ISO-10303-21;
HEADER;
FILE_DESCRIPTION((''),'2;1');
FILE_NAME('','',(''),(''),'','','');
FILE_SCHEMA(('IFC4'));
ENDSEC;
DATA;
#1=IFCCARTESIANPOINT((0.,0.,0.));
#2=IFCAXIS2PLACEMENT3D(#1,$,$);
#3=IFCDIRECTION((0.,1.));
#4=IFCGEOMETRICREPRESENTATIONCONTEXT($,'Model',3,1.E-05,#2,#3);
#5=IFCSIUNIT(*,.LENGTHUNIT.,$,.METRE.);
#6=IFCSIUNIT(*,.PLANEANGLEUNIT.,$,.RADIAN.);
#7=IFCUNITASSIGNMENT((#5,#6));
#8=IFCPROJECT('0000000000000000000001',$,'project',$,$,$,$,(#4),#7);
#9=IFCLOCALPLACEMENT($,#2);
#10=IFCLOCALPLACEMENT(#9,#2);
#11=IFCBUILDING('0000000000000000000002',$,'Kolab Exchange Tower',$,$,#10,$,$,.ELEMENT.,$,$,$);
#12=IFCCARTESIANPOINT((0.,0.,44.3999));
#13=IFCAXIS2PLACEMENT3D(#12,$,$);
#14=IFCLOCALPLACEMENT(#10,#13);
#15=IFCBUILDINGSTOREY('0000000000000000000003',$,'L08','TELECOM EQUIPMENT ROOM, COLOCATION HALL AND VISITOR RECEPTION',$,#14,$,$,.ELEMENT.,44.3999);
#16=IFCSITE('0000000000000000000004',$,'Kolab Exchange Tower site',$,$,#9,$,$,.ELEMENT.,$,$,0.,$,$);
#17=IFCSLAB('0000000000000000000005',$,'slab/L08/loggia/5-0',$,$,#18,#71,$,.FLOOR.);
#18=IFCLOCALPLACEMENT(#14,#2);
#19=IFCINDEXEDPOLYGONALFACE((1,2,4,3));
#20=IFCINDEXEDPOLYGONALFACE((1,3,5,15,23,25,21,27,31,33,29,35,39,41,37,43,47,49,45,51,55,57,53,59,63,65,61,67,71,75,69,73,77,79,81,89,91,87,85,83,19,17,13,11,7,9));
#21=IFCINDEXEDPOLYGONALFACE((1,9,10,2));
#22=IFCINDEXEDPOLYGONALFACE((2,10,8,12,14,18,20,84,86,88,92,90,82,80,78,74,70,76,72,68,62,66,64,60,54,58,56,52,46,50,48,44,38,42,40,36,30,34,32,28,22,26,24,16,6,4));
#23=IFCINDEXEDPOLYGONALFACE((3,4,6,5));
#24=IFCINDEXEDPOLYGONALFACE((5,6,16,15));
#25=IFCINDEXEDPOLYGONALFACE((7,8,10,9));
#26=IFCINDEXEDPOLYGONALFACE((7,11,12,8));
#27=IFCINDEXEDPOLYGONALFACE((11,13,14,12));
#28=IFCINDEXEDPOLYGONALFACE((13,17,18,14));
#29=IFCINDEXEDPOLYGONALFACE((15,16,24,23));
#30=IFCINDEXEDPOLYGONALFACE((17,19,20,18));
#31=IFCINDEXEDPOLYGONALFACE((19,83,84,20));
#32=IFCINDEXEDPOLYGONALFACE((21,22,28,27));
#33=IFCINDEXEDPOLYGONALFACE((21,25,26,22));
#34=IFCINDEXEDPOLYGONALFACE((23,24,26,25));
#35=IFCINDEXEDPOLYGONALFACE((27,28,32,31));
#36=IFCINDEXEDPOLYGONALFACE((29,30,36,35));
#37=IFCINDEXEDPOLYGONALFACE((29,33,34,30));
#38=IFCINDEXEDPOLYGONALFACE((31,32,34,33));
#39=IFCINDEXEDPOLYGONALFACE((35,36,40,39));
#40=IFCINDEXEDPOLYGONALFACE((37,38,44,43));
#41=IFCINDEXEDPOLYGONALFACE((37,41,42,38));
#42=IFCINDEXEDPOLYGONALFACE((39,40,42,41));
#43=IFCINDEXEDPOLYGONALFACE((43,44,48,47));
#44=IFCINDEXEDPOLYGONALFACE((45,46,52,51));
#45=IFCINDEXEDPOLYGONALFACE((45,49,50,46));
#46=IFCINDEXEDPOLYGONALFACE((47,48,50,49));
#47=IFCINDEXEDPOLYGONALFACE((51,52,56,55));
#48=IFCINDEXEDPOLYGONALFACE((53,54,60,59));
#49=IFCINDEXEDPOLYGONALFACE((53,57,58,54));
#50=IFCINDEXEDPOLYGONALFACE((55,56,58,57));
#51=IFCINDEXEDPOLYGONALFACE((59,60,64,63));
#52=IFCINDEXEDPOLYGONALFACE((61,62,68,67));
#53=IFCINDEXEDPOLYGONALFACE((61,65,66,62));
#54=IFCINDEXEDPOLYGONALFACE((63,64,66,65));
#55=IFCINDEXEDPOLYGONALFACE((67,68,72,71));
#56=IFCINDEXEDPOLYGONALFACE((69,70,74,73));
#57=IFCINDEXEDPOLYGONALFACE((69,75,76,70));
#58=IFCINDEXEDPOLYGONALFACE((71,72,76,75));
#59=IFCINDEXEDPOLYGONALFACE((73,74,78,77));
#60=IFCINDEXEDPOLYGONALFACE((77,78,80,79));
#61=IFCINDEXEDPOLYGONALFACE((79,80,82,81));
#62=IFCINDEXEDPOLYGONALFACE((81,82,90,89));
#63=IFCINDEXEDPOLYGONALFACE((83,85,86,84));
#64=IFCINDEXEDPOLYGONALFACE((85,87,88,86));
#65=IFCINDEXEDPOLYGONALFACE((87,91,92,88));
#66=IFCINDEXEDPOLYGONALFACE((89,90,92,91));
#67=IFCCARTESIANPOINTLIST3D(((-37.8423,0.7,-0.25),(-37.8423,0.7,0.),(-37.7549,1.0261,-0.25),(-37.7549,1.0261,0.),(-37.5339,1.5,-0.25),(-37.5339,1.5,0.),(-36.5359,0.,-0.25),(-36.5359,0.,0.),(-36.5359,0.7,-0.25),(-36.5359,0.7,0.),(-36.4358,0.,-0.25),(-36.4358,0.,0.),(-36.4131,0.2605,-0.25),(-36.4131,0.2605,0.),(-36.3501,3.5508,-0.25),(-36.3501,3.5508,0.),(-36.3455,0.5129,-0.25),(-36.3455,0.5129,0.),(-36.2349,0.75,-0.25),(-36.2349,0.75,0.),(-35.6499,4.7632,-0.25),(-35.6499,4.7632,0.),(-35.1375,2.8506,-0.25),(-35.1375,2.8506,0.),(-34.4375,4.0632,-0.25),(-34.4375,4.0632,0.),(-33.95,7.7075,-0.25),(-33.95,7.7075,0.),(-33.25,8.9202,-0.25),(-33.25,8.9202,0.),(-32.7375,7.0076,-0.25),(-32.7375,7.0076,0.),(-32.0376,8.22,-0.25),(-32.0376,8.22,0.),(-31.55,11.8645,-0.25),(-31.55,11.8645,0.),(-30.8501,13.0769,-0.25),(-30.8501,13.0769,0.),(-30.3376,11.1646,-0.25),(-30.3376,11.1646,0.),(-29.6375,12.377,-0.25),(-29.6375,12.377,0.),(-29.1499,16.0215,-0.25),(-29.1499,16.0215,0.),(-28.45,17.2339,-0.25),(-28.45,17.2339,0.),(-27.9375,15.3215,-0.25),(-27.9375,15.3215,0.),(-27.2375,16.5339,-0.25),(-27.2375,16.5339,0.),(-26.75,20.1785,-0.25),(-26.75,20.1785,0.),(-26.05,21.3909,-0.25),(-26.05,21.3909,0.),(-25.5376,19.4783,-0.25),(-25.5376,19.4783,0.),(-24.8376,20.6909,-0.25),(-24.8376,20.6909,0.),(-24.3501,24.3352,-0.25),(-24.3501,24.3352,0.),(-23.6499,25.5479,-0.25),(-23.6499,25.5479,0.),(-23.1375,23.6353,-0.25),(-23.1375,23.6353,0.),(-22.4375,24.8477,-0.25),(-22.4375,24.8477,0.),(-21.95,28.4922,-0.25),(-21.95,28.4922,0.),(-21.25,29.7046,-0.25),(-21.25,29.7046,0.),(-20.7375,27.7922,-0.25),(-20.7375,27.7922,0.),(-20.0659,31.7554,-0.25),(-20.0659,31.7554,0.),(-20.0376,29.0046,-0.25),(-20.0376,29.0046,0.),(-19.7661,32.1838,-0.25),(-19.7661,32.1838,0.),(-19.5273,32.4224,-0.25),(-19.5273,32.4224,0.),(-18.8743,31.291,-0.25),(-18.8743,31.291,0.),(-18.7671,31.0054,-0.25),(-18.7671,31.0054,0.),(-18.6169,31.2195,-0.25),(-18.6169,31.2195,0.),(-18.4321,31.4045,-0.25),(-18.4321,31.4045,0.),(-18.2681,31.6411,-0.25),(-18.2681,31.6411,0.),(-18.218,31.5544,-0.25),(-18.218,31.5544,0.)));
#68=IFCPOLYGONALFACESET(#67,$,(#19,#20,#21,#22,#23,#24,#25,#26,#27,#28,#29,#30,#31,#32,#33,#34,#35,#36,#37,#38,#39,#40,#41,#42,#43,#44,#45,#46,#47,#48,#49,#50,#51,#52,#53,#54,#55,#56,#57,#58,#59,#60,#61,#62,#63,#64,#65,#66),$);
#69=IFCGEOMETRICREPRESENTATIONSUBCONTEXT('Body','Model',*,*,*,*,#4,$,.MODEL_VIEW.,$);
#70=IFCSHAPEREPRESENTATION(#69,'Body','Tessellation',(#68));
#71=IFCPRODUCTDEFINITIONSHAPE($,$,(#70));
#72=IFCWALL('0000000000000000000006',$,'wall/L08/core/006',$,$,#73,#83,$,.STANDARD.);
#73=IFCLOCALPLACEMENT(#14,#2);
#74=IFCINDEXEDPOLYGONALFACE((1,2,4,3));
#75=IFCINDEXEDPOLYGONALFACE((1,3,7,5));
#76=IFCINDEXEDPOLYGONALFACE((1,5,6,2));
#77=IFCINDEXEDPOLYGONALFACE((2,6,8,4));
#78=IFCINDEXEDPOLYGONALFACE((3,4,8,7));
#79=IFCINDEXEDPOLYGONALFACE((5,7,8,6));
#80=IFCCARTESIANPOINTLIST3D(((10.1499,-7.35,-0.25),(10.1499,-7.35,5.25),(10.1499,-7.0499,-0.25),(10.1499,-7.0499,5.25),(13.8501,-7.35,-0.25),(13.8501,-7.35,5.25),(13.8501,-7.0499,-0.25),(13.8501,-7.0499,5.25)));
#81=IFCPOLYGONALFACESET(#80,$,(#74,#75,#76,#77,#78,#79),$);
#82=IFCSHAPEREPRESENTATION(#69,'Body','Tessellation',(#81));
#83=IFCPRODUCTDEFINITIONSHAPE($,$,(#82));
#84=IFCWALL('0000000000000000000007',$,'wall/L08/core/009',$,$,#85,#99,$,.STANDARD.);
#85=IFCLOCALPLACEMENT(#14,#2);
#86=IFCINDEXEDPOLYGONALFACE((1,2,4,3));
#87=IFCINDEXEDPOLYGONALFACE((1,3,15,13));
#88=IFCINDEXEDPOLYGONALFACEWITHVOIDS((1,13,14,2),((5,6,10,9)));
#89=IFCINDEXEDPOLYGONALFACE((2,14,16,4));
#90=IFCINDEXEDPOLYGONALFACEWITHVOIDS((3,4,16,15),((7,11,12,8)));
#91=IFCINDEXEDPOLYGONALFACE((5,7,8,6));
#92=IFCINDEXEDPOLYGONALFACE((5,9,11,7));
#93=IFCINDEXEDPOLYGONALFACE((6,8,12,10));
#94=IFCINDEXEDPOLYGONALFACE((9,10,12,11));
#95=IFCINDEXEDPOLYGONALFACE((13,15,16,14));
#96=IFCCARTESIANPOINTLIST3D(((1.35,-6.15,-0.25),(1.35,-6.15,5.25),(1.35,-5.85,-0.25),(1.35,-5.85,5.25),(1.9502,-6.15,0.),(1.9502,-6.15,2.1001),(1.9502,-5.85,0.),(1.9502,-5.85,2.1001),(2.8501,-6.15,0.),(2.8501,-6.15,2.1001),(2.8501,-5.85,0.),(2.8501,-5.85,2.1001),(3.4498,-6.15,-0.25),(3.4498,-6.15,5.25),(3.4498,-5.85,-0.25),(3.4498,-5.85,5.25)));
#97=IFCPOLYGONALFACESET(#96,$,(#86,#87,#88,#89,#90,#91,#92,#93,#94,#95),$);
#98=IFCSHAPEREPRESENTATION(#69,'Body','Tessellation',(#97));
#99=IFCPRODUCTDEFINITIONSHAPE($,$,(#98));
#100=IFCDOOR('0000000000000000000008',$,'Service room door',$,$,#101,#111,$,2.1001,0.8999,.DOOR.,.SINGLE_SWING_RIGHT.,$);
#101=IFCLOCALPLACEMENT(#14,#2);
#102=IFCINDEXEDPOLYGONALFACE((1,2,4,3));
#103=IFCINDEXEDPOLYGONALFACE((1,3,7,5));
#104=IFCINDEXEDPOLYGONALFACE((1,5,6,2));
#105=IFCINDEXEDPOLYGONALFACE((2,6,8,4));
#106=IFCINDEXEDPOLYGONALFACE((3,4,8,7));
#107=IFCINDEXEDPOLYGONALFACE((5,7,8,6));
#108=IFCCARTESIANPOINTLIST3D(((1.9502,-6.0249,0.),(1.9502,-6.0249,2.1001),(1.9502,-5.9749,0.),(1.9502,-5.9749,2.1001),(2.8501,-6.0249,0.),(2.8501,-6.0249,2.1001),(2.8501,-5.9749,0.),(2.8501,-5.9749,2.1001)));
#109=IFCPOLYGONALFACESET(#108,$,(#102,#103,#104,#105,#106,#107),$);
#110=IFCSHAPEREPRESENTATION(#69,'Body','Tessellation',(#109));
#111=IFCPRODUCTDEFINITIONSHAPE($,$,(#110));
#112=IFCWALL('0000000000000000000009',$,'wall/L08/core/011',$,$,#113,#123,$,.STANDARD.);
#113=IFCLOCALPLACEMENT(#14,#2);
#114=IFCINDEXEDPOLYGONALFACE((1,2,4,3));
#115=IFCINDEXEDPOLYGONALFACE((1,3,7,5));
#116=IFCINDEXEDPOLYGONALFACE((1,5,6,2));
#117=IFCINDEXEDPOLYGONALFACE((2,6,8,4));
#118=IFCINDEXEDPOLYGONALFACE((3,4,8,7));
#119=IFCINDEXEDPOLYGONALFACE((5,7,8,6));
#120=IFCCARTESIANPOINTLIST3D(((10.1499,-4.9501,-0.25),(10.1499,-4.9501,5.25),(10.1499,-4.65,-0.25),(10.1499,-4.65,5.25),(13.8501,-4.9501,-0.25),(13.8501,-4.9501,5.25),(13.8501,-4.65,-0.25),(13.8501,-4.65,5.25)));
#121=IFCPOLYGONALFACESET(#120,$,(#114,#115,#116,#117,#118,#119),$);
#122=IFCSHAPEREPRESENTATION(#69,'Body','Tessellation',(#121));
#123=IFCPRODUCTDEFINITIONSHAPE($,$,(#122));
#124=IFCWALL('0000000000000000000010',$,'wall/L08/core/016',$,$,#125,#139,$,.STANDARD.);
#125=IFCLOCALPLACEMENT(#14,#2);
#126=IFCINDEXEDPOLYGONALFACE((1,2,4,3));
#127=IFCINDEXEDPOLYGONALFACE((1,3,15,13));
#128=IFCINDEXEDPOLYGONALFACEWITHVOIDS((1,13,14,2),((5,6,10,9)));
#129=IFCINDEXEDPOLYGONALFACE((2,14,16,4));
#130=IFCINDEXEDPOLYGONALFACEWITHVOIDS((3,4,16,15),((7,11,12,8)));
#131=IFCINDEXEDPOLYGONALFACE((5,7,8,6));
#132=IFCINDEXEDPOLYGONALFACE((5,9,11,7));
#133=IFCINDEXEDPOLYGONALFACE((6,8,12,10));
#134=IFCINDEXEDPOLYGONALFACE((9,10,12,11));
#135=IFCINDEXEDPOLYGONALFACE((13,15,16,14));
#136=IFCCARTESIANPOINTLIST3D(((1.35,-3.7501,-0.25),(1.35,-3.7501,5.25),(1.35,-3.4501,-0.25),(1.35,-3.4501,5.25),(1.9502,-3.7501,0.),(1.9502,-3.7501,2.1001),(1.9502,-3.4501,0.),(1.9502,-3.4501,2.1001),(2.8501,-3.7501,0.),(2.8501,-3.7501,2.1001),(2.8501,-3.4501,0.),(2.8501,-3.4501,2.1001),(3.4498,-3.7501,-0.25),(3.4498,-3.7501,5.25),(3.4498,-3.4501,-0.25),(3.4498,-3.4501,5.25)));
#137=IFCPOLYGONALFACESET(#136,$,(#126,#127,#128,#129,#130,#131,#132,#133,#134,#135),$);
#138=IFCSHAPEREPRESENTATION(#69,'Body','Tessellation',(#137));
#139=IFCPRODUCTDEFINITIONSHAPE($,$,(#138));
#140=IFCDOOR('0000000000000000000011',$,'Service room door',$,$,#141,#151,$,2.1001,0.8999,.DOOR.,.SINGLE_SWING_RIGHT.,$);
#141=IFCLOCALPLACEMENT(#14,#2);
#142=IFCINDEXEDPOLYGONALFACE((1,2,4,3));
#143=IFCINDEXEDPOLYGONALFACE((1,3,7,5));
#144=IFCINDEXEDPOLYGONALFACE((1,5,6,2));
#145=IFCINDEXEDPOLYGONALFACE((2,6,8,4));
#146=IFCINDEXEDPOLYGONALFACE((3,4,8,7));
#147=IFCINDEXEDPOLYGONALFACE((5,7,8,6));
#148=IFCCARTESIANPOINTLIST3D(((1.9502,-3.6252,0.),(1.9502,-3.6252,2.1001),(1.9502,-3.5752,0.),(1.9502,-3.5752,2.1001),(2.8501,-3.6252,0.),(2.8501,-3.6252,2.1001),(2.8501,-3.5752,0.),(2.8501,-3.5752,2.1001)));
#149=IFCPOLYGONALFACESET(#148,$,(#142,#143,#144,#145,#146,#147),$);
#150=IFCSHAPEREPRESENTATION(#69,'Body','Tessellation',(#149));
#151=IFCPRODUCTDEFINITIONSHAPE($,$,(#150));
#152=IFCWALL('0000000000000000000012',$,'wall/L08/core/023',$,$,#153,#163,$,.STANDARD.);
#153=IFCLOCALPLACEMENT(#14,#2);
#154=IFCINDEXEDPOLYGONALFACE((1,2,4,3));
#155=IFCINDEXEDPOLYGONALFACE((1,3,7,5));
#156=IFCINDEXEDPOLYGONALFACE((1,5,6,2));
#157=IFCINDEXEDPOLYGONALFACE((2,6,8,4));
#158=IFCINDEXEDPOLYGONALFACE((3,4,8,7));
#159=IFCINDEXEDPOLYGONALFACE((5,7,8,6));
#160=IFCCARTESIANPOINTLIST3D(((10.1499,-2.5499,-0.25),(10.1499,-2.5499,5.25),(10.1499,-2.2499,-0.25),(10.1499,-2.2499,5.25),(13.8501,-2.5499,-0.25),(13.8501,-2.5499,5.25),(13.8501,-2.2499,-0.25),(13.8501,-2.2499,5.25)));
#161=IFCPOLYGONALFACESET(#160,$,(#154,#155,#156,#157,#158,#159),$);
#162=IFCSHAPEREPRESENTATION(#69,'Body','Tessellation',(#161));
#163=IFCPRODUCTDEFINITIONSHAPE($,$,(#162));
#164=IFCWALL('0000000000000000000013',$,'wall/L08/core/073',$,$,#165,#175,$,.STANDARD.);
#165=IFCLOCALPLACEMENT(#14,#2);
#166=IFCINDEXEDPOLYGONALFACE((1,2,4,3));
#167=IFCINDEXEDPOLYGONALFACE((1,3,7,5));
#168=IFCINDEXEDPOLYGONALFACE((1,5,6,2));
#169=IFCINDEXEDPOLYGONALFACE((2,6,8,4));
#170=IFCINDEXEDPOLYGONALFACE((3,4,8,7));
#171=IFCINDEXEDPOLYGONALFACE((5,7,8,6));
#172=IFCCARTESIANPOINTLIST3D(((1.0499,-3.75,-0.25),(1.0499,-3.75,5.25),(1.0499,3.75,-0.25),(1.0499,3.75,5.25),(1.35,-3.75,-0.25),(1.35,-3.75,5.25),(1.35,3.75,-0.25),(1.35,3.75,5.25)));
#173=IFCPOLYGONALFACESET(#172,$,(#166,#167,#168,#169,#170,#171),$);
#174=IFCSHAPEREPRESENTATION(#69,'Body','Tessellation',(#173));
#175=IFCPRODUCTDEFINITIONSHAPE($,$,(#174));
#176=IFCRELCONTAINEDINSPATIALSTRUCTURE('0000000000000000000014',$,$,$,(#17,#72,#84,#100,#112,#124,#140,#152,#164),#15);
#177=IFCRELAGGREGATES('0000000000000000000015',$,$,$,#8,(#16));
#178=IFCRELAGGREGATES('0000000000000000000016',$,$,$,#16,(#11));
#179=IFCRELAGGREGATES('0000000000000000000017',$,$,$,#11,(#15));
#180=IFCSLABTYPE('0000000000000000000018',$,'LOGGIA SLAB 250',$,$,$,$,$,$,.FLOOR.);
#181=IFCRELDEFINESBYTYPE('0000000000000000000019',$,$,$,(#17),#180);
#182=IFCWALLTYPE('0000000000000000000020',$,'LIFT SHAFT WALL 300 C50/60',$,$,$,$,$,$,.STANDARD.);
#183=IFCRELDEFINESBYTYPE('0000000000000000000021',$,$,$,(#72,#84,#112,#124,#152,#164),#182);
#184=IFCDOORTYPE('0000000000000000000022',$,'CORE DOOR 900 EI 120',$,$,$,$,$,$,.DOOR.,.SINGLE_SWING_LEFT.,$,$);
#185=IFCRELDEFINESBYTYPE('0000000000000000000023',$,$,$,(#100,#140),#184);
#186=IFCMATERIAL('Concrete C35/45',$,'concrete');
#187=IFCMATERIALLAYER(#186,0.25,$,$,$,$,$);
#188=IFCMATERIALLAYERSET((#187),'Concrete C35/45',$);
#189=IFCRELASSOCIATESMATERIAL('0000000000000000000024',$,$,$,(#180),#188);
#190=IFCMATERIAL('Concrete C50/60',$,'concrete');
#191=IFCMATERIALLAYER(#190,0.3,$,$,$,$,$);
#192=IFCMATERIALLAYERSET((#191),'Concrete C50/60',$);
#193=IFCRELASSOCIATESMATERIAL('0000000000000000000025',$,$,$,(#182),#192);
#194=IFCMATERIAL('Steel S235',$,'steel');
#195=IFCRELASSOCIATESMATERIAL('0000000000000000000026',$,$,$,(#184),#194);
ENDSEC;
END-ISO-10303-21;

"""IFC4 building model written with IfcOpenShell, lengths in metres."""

from ifc_helpers import new_model, si_unit, direction, frame, frame_2d, origin, place, context, subcontext, project, spatial, polyline, rectangle, outline, extrude, material, layer, layer_set, type_object, element, fill, save


model = new_model("IFC4")

# Units and contexts
model_context = context("Model", 3, precision=1e-05, world=origin(), true_north=direction((0.0, 1.0)))
body_context = subcontext(model_context, "Body", "Model", "MODEL_VIEW")
ifc_project = project(units=[si_unit("LENGTHUNIT", "METRE"), si_unit("PLANEANGLEUNIT", "RADIAN")], contexts=[model_context])

# Site, building, storey
site_placement = place(None, origin())
site = spatial("IfcSite", under=ifc_project, at=site_placement, Name="Kolab Exchange Tower site", CompositionType="ELEMENT", RefElevation=0.0)
building_placement = place(site_placement, origin())
building = spatial("IfcBuilding", under=site, at=building_placement, Name="Kolab Exchange Tower", CompositionType="ELEMENT")
storey_placement = place(building_placement, frame((0.0, 0.0, 44.3999)))
storey = spatial("IfcBuildingStorey", under=building, at=storey_placement, Name="L08", Description="TELECOM EQUIPMENT ROOM, COLOCATION HALL AND VISITOR RECEPTION", CompositionType="ELEMENT", Elevation=44.3999)

# Slab
ifc_material_1 = material(Name="Concrete C35/45", Category="concrete")
ifc_layer_1 = layer(ifc_material_1, 0.25)
ifc_layer_set_1 = layer_set([ifc_layer_1], Name="Concrete C35/45")
slab_type = type_object("IfcSlabType", Name="LOGGIA SLAB 250", PredefinedType="FLOOR", material=ifc_layer_set_1)
slab_placement = place(storey_placement, frame((0.0, 0.0, -0.25)))
element("IfcSlab", 1, at=slab_placement, inside=storey, type_object=slab_type, Name="slab/L08/loggia/5-0", PredefinedType="FLOOR", context=body_context, shape_type="SweptSolid", body=[
    extrude(outline(polyline([(-18.218, 31.5544), (-18.2681, 31.6411), (-18.8743, 31.291), (-19.5273, 32.4224), (-19.7661, 32.1838), (-20.0659, 31.7554), (-21.25, 29.7046), (-20.0376, 29.0046), (-20.7375, 27.7922), (-21.95, 28.4922), (-23.6499, 25.5479), (-22.4375, 24.8477), (-23.1375, 23.6353), (-24.3501, 24.3352), (-26.05, 21.3909), (-24.8376, 20.6909), (-25.5376, 19.4783), (-26.75, 20.1785), (-28.45, 17.2339), (-27.2375, 16.5339), (-27.9375, 15.3215), (-29.1499, 16.0215), (-30.8501, 13.0769), (-29.6375, 12.377), (-30.3376, 11.1646), (-31.55, 11.8645), (-33.25, 8.9202), (-32.0376, 8.22), (-32.7375, 7.0076), (-33.95, 7.7075), (-35.6499, 4.7632), (-34.4375, 4.0632), (-35.1375, 2.8506), (-36.3501, 3.5508), (-37.5339, 1.5), (-37.7549, 1.0261), (-37.8423, 0.7), (-36.5359, 0.7), (-36.5359, 0.0), (-36.4358, 0.0), (-36.4131, 0.2605), (-36.3455, 0.5129), (-36.2349, 0.75), (-18.7671, 31.0054), (-18.6169, 31.2195), (-18.4321, 31.4045), (-18.218, 31.5544)])), origin(), (0.0, 0.0, 1.0), 0.25),
])

# Wall
ifc_material_2 = material(Name="Concrete C50/60", Category="concrete")
ifc_layer_2 = layer(ifc_material_2, 0.3)
ifc_layer_set_2 = layer_set([ifc_layer_2], Name="Concrete C50/60")
wall_type_1 = type_object("IfcWallType", Name="LIFT SHAFT WALL 300 C50/60", PredefinedType="STANDARD", material=ifc_layer_set_2)
wall_1_placement = place(storey_placement, frame((10.1499, -7.2, -0.25), z_axis=(0.0, 0.0, 1.0), x_axis=(1.0, 0.0, 0.0)))
element("IfcWall", 2, at=wall_1_placement, inside=storey, type_object=wall_type_1, Name="wall/L08/core/006", PredefinedType="STANDARD", context=body_context, shape_type="SweptSolid", body=[
    extrude(rectangle(XDim=3.7002, YDim=0.3, at=frame_2d((1.8501, 0.0))), origin(), (0.0, 0.0, 1.0), 5.5),
])

# Wall, opening, door
wall_2_placement = place(storey_placement, frame((1.3501, -6.0, -0.25), z_axis=(0.0, 0.0, 1.0), x_axis=(1.0, 0.0, 0.0)))
wall_2 = element("IfcWall", 3, at=wall_2_placement, inside=storey, type_object=wall_type_1, Name="wall/L08/core/009", PredefinedType="STANDARD", context=body_context, shape_type="SweptSolid", body=[
    extrude(rectangle(XDim=2.0999, YDim=0.3, at=frame_2d((1.0498, 0.0))), origin(), (0.0, 0.0, 1.0), 5.5),
])
opening_1_placement = place(wall_2_placement, frame((0.6001, 0.0, 0.25)))
opening_1 = element("IfcOpeningElement", 4, at=opening_1_placement, cuts=wall_2, PredefinedType="OPENING", context=body_context, shape_type="SweptSolid", body=[
    extrude(rectangle(XDim=0.8999, YDim=2.1001, at=frame_2d((0.45, 1.05))), frame((0.0, 0.1602, 0.0), z_axis=(0.0, -1.0, 0.0), x_axis=(1.0, 0.0, 0.0)), (0.0, 0.0, 1.0), 0.3201),
])
ifc_material_3 = material(Name="Steel S235", Category="steel")
door_type_1 = type_object("IfcDoorType", Name="CORE DOOR 900 EI 120", OperationType="SINGLE_SWING_LEFT", PredefinedType="DOOR", material=ifc_material_3)
door_1_placement = place(opening_1_placement, frame((0.8999, 0.0, 0.0), z_axis=(0.0, 0.0, 1.0), x_axis=(-1.0, 0.0, 0.0)))
door_1 = element("IfcDoor", 5, at=door_1_placement, inside=storey, type_object=door_type_1, Name="Service room door", OperationType="SINGLE_SWING_RIGHT", OverallHeight=2.1001, OverallWidth=0.8999, PredefinedType="DOOR", context=body_context, shape_type="SweptSolid", body=[
    extrude(rectangle(XDim=0.8999, YDim=2.1001, at=frame_2d((0.45, 1.05))), frame((0.0, 0.0249, 0.0), z_axis=(0.0, -1.0, 0.0), x_axis=(1.0, 0.0, 0.0)), (0.0, 0.0, 1.0), 0.05),
])
fill(opening_1, door_1)

# Wall
wall_3_placement = place(storey_placement, frame((10.1499, -4.8, -0.25), z_axis=(0.0, 0.0, 1.0), x_axis=(1.0, 0.0, 0.0)))
element("IfcWall", 6, at=wall_3_placement, inside=storey, type_object=wall_type_1, Name="wall/L08/core/011", PredefinedType="STANDARD", context=body_context, shape_type="SweptSolid", body=[
    extrude(rectangle(XDim=3.7002, YDim=0.3, at=frame_2d((1.8501, 0.0))), origin(), (0.0, 0.0, 1.0), 5.5),
])

# Wall, opening, door
wall_4_placement = place(storey_placement, frame((1.3501, -3.6001, -0.25), z_axis=(0.0, 0.0, 1.0), x_axis=(1.0, 0.0, 0.0)))
wall_4 = element("IfcWall", 7, at=wall_4_placement, inside=storey, type_object=wall_type_1, Name="wall/L08/core/016", PredefinedType="STANDARD", context=body_context, shape_type="SweptSolid", body=[
    extrude(rectangle(XDim=2.0999, YDim=0.3, at=frame_2d((1.0498, 0.0))), origin(), (0.0, 0.0, 1.0), 5.5),
])
opening_2_placement = place(wall_4_placement, frame((0.6001, 0.0, 0.25)))
opening_2 = element("IfcOpeningElement", 8, at=opening_2_placement, cuts=wall_4, PredefinedType="OPENING", context=body_context, shape_type="SweptSolid", body=[
    extrude(rectangle(XDim=0.8999, YDim=2.1001, at=frame_2d((0.45, 1.05))), frame((0.0, 0.1602, 0.0), z_axis=(0.0, -1.0, 0.0), x_axis=(1.0, 0.0, 0.0)), (0.0, 0.0, 1.0), 0.3201),
])
door_2_placement = place(opening_2_placement, origin())
door_2 = element("IfcDoor", 9, at=door_2_placement, inside=storey, type_object=door_type_1, Name="Service room door", OperationType="SINGLE_SWING_RIGHT", OverallHeight=2.1001, OverallWidth=0.8999, PredefinedType="DOOR", context=body_context, shape_type="SweptSolid", body=[
    extrude(rectangle(XDim=0.8999, YDim=2.1001, at=frame_2d((0.45, 1.05))), frame((0.0, 0.0249, 0.0), z_axis=(0.0, -1.0, 0.0), x_axis=(1.0, 0.0, 0.0)), (0.0, 0.0, 1.0), 0.05),
])
fill(opening_2, door_2)

# Walls
wall_5_placement = place(storey_placement, frame((10.1499, -2.3999, -0.25), z_axis=(0.0, 0.0, 1.0), x_axis=(1.0, 0.0, 0.0)))
element("IfcWall", 10, at=wall_5_placement, inside=storey, type_object=wall_type_1, Name="wall/L08/core/023", PredefinedType="STANDARD", context=body_context, shape_type="SweptSolid", body=[
    extrude(rectangle(XDim=3.7002, YDim=0.3, at=frame_2d((1.8501, 0.0))), origin(), (0.0, 0.0, 1.0), 5.5),
])
wall_6_placement = place(storey_placement, frame((1.2, -3.75, -0.25), z_axis=(0.0, 0.0, 1.0), x_axis=(0.0, 1.0, 0.0)))
element("IfcWall", 11, at=wall_6_placement, inside=storey, type_object=wall_type_1, Name="wall/L08/core/073", PredefinedType="STANDARD", context=body_context, shape_type="SweptSolid", body=[
    extrude(rectangle(XDim=7.5, YDim=0.3, at=frame_2d((3.75, 0.0))), origin(), (0.0, 0.0, 1.0), 5.5),
])

save(model, "model.ifc")
